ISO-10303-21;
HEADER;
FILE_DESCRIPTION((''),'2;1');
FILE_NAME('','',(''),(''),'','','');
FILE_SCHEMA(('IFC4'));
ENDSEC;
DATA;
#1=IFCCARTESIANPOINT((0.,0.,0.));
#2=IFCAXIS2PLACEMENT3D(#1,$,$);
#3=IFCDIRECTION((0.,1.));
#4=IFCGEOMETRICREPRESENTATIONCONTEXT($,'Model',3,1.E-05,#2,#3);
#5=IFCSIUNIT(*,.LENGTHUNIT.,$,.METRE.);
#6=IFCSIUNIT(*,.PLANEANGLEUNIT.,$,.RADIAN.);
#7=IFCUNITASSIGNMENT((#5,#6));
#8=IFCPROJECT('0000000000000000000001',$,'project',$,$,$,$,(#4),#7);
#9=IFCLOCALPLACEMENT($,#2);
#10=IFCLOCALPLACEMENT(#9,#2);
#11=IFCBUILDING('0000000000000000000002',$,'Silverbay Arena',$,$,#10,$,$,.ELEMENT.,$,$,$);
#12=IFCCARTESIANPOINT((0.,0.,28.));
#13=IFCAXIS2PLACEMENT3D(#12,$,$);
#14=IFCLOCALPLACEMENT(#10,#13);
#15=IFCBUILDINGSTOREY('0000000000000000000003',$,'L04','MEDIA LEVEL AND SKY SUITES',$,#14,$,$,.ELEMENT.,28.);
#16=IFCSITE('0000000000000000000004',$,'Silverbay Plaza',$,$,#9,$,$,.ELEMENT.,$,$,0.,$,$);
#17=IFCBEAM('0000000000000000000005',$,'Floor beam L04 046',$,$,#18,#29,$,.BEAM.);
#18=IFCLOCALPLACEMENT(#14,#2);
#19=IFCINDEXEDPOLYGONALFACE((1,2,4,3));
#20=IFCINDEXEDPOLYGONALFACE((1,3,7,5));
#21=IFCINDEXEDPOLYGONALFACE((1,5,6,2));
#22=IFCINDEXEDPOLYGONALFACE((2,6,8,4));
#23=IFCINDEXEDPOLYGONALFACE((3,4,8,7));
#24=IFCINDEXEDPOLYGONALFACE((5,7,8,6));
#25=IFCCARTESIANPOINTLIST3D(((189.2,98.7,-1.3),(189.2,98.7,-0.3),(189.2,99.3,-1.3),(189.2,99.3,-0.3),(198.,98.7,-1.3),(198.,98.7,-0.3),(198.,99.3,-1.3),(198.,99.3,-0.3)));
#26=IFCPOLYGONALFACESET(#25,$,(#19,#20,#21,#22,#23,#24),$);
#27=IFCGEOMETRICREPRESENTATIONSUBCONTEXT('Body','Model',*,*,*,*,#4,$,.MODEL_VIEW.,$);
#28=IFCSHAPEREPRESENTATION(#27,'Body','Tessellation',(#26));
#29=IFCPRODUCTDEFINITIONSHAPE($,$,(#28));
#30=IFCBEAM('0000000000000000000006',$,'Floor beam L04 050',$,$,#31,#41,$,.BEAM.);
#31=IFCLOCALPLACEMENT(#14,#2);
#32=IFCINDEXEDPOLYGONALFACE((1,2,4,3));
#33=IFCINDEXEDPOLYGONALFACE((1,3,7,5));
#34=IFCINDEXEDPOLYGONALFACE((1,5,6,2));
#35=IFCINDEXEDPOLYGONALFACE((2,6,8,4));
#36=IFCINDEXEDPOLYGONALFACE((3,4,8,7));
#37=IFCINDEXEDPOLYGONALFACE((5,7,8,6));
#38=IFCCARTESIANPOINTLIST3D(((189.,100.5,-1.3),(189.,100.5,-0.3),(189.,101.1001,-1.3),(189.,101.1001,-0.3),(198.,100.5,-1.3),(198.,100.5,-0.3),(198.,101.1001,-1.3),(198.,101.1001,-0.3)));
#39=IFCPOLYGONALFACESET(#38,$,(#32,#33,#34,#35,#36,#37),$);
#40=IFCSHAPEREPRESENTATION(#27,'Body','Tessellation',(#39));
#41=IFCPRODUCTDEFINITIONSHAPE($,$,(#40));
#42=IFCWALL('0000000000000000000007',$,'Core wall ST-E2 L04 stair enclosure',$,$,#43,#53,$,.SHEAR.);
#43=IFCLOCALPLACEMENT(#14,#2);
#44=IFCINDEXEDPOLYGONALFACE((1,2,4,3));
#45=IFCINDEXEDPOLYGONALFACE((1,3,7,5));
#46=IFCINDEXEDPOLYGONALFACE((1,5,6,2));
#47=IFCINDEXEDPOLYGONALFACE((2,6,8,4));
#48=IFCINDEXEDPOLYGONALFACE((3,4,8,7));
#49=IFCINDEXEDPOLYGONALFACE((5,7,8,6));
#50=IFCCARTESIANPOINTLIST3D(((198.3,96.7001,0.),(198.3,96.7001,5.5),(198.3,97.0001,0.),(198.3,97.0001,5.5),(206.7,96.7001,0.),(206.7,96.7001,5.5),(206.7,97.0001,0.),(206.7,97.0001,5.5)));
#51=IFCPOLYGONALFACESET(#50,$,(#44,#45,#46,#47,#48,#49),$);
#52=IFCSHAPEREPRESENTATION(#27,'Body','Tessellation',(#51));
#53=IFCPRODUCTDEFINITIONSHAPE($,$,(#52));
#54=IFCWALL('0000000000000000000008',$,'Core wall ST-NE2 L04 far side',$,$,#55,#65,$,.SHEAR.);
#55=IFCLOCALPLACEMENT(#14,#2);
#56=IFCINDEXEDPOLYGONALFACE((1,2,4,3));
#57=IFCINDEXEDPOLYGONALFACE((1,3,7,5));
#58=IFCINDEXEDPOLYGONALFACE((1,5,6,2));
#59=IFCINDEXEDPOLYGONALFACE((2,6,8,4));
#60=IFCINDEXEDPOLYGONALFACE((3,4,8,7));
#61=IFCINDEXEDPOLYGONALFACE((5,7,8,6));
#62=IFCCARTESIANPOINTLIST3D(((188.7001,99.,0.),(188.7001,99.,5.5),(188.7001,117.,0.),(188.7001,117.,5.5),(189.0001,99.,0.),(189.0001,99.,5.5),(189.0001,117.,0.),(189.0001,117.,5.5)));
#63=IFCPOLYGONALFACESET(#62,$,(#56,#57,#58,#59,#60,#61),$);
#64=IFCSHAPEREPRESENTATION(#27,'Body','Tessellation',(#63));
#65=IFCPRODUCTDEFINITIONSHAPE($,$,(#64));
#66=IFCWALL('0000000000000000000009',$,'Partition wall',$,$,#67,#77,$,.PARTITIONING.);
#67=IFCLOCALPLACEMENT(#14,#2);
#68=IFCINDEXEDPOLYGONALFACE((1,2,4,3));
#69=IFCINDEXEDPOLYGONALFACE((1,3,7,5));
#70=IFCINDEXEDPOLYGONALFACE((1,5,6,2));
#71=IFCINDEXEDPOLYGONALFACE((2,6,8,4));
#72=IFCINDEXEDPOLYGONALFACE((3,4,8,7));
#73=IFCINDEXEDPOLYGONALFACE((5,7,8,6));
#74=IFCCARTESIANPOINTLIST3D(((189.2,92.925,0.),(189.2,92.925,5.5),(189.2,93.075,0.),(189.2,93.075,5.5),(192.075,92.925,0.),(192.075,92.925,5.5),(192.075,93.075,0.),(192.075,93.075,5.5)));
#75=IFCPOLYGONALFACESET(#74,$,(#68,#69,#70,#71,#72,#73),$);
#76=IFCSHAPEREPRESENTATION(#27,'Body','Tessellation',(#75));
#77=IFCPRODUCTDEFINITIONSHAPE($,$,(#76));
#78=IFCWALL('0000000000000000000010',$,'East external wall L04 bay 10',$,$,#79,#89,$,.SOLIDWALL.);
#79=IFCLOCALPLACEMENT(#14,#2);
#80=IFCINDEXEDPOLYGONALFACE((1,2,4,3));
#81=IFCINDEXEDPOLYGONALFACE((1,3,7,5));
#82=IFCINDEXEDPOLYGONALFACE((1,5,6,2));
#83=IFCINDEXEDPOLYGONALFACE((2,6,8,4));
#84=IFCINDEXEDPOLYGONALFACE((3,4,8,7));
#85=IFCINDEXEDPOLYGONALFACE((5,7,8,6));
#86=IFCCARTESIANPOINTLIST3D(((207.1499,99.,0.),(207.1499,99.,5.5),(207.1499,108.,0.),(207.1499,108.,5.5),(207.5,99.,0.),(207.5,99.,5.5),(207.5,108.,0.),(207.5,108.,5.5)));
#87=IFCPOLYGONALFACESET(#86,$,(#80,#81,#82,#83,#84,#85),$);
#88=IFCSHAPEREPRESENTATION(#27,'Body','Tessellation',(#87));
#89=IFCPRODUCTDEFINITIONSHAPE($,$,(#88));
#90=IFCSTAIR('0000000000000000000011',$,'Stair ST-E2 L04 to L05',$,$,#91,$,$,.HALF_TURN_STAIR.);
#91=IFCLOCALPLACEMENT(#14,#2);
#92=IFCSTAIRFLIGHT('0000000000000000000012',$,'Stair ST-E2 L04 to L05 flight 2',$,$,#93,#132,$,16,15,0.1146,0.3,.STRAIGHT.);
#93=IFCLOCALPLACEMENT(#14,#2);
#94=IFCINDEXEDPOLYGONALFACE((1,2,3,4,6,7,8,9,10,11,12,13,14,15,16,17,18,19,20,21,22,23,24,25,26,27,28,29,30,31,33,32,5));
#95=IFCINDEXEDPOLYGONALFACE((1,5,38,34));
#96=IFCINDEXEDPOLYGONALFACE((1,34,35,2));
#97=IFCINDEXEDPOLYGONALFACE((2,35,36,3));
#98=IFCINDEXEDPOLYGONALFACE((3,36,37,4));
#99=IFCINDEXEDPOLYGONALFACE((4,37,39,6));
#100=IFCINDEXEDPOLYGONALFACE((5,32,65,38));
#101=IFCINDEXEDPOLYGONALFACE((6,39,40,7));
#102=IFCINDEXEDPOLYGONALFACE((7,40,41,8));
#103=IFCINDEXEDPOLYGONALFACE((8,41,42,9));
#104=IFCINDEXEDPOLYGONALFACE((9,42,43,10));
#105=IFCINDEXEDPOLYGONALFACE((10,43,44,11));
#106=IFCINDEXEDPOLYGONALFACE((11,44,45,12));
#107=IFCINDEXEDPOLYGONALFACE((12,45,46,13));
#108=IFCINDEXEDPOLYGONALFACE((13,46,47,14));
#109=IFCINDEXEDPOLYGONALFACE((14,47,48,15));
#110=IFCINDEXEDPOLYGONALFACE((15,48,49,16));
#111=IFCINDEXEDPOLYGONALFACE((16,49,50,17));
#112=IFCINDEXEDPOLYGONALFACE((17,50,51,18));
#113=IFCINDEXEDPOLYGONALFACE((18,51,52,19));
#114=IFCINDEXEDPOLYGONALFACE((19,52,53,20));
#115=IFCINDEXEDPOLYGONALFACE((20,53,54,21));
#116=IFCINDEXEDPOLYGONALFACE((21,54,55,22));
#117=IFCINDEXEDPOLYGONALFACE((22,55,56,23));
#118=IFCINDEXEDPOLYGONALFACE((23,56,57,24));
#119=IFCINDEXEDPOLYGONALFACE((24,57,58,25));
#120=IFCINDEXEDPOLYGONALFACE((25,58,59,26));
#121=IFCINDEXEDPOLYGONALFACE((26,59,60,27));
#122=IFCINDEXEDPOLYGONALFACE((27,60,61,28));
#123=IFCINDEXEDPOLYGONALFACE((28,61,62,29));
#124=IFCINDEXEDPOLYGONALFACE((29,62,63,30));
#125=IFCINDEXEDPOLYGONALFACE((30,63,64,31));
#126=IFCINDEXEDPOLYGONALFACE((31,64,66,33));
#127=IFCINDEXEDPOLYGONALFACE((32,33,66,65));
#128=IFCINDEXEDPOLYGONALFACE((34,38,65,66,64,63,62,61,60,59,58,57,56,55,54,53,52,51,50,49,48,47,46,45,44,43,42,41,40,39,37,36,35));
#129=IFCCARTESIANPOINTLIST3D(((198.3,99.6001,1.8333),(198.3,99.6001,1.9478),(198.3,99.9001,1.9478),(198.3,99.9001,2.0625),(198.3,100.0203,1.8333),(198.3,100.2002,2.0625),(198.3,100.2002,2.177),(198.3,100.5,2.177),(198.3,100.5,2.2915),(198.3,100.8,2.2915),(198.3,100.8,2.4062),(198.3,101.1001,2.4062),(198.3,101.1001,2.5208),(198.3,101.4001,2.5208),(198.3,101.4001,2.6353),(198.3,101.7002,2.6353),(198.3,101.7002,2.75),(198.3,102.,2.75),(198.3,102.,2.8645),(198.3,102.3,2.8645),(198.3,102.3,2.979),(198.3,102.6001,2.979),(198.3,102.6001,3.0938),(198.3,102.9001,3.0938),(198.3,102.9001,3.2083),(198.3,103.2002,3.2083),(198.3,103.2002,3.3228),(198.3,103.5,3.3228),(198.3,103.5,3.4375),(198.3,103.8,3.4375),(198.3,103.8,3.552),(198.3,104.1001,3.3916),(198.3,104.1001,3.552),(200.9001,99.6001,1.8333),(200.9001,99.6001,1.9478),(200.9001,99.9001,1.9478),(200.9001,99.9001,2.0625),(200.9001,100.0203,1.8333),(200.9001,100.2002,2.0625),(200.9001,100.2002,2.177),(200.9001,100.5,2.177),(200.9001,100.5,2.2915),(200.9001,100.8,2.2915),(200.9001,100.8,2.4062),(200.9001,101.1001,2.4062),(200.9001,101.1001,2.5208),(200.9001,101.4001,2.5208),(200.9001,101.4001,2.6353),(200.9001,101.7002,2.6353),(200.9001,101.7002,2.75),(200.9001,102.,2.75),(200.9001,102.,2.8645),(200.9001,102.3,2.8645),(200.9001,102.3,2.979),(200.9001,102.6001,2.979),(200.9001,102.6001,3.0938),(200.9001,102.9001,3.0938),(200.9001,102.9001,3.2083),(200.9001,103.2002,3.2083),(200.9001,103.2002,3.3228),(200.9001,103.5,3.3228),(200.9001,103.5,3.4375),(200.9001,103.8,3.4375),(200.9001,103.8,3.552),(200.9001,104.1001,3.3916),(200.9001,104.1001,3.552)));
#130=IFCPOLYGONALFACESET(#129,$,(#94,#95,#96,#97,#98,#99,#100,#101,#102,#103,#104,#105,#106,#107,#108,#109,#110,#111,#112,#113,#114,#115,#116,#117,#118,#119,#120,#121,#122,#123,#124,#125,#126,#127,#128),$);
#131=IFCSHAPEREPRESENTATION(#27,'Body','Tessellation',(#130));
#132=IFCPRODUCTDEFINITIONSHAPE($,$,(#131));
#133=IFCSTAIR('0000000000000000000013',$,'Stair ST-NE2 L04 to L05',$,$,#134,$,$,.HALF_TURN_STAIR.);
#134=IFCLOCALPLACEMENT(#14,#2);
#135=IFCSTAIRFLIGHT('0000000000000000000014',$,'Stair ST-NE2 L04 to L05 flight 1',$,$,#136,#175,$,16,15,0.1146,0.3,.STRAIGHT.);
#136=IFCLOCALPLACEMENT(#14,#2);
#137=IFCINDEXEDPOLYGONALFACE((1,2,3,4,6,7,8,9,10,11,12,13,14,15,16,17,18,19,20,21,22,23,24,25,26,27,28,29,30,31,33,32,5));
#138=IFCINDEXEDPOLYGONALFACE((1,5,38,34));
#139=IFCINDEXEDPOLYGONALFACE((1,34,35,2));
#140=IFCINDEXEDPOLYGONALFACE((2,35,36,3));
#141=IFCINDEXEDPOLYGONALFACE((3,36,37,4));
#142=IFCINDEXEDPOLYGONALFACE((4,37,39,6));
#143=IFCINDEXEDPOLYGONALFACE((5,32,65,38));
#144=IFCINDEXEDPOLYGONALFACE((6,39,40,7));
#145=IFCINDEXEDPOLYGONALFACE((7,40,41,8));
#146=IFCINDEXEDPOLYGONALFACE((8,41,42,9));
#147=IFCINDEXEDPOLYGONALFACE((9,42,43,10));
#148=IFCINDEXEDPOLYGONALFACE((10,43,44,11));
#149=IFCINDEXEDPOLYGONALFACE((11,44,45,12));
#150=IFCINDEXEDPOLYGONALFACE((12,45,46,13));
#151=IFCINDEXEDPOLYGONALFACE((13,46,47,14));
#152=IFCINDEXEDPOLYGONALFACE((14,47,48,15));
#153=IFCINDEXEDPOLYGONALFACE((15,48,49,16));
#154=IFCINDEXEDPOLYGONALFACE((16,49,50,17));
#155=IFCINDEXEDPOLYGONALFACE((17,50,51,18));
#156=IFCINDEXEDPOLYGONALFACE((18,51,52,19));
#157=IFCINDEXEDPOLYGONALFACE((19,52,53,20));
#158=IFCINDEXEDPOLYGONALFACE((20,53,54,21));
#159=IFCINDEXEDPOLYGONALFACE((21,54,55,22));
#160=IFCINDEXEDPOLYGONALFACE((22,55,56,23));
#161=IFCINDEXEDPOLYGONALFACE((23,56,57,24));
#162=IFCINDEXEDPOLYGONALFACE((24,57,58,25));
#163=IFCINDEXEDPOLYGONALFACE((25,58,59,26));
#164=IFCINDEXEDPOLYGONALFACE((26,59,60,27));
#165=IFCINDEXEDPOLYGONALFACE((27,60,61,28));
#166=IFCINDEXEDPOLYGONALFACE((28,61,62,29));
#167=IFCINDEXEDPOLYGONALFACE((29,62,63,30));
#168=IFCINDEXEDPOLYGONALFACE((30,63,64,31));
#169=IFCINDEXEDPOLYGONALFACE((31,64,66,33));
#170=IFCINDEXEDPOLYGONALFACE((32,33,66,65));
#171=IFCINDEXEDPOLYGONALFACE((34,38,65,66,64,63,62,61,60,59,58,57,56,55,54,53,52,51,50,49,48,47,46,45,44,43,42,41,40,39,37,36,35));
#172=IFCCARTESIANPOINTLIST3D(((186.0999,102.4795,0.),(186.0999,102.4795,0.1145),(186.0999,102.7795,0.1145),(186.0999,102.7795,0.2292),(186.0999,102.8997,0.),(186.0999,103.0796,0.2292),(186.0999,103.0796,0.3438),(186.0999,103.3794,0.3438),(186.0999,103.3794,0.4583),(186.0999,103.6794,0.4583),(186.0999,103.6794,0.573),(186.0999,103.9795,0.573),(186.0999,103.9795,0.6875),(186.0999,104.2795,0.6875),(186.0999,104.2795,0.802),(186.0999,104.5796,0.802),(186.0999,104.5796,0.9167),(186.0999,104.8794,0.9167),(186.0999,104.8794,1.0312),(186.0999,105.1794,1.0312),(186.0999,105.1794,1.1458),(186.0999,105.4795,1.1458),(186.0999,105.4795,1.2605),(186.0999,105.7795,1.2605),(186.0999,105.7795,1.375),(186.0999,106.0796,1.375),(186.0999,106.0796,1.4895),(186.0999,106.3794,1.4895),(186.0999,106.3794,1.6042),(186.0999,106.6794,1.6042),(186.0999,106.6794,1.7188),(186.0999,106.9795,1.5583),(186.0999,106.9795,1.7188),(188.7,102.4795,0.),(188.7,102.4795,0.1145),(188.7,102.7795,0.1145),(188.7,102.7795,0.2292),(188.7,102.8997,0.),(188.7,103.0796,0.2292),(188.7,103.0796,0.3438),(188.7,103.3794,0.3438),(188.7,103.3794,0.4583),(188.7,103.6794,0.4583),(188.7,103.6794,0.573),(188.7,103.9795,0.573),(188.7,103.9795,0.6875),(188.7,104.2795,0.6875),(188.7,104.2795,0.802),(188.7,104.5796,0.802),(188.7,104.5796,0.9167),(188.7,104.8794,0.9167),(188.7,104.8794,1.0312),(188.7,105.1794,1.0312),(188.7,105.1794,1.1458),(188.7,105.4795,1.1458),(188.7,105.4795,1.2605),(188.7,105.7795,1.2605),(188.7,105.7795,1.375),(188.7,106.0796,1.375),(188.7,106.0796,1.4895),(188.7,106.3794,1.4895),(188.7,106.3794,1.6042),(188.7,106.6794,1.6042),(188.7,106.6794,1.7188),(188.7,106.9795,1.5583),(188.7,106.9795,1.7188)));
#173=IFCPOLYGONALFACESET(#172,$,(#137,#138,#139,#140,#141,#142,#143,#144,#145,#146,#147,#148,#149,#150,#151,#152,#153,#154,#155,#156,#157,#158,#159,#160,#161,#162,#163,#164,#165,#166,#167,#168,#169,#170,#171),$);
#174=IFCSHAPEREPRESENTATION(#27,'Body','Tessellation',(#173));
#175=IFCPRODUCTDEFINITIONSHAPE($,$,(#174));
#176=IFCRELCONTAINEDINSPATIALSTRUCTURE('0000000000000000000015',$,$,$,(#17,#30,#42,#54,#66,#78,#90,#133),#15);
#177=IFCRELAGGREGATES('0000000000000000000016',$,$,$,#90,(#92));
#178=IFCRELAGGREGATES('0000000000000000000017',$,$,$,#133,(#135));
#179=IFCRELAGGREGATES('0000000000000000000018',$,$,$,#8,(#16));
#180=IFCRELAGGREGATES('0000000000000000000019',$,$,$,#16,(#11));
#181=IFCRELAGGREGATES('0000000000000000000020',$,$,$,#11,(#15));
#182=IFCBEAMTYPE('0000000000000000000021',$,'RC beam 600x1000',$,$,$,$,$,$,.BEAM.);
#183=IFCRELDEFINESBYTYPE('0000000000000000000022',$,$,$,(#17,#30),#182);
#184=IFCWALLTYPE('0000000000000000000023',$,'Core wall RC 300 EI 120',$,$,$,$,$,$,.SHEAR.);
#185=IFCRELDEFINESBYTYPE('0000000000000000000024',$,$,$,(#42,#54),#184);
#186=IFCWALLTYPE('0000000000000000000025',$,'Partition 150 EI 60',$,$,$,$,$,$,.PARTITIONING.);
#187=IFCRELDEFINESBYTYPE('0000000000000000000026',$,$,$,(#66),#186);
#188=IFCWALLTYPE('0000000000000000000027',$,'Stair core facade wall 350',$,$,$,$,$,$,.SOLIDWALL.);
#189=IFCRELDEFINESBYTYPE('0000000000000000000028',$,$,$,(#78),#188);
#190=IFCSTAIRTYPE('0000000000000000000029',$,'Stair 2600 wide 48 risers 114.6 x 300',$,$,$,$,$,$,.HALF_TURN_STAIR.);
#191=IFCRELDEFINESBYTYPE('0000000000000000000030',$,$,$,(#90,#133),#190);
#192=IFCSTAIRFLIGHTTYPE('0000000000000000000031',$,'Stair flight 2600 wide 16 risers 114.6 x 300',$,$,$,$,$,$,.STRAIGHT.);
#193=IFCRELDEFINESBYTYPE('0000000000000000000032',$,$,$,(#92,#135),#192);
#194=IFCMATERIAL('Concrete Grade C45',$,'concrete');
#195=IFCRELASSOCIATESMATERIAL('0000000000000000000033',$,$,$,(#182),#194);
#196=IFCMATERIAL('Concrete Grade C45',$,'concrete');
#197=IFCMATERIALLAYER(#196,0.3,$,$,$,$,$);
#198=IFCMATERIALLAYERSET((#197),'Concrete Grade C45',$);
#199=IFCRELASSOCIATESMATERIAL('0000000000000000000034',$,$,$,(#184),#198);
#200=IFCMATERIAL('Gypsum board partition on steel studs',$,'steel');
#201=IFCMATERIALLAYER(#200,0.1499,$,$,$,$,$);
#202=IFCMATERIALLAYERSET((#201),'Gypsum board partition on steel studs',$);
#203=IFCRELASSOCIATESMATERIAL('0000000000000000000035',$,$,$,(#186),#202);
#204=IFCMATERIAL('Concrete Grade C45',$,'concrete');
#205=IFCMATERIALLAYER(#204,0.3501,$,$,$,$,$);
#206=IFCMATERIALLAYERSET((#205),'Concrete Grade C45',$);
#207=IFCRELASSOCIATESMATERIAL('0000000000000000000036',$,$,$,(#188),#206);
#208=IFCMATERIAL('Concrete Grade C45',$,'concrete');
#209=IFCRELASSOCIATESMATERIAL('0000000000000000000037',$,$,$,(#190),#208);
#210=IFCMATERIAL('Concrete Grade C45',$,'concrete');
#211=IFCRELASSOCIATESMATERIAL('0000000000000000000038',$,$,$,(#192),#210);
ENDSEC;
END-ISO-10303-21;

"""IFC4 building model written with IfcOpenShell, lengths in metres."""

from ifc_helpers import new_model, si_unit, direction, frame, frame_2d, origin, origin_2d, place, context, subcontext, project, spatial, polyline, rectangle, outline, extrude, material, layer, layer_set, material_profile, profile_set, type_object, element, aggregate, save


model = new_model("IFC4")

# Units and contexts
model_context = context("Model", 3, precision=1e-05, world=origin(), true_north=direction((0.0, 1.0)))
body_context = subcontext(model_context, "Body", "Model", "MODEL_VIEW")
ifc_project = project(units=[si_unit("LENGTHUNIT", "METRE"), si_unit("PLANEANGLEUNIT", "RADIAN")], contexts=[model_context])

# Site, building, storey
site_placement = place(None, origin())
site = spatial("IfcSite", under=ifc_project, at=site_placement, Name="Silverbay Plaza", CompositionType="ELEMENT", RefElevation=0.0)
building_placement = place(site_placement, origin())
building = spatial("IfcBuilding", under=site, at=building_placement, Name="Silverbay Arena", CompositionType="ELEMENT")
storey_placement = place(building_placement, frame((0.0, 0.0, 28.0)))
storey = spatial("IfcBuildingStorey", under=building, at=storey_placement, Name="L04", Description="MEDIA LEVEL AND SKY SUITES", CompositionType="ELEMENT", Elevation=28.0)

# Beams
ifc_material_1 = material(Name="Concrete Grade C45", Category="concrete")
ifc_material_profile_1 = material_profile(ifc_material_1, rectangle(XDim=0.6001, YDim=1.0, at=origin_2d()), Name="RC 600x1000")
ifc_profile_set_1 = profile_set([ifc_material_profile_1], Name="Concrete Grade C45")
beam_type = type_object("IfcBeamType", Name="RC beam 600x1000", PredefinedType="BEAM", material=ifc_profile_set_1)
beam_1_placement = place(storey_placement, frame((189.2, 99.0, -0.8), z_axis=(1.0, 0.0, 0.0), x_axis=(0.0, 1.0, 0.0)))
element("IfcBeam", 1, at=beam_1_placement, inside=storey, type_object=beam_type, Name="Floor beam L04 046", PredefinedType="BEAM", context=body_context, shape_type="SweptSolid", body=[
    extrude(rectangle(XDim=0.6001, YDim=1.0, at=origin_2d()), origin(), (0.0, 0.0, 1.0), 8.8),
])
beam_2_placement = place(storey_placement, frame((189.0, 100.8, -0.8), z_axis=(1.0, 0.0, 0.0), x_axis=(0.0, 1.0, 0.0)))
element("IfcBeam", 2, at=beam_2_placement, inside=storey, type_object=beam_type, Name="Floor beam L04 050", PredefinedType="BEAM", context=body_context, shape_type="SweptSolid", body=[
    extrude(rectangle(XDim=0.6001, YDim=1.0, at=origin_2d()), origin(), (0.0, 0.0, 1.0), 9.0),
])

# Walls
ifc_material_2 = material(Name="Concrete Grade C45", Category="concrete")
ifc_layer_1 = layer(ifc_material_2, 0.3)
ifc_layer_set_1 = layer_set([ifc_layer_1], Name="Concrete Grade C45")
wall_type_1 = type_object("IfcWallType", Name="Core wall RC 300 EI 120", PredefinedType="SHEAR", material=ifc_layer_set_1)
wall_1_placement = place(storey_placement, frame((198.3, 96.8501, 0.0), z_axis=(0.0, 0.0, 1.0), x_axis=(1.0, 0.0, 0.0)))
element("IfcWall", 3, at=wall_1_placement, inside=storey, type_object=wall_type_1, Name="Core wall ST-E2 L04 stair enclosure", PredefinedType="SHEAR", context=body_context, shape_type="SweptSolid", body=[
    extrude(rectangle(XDim=8.3999, YDim=0.3, at=frame_2d((4.2, 0.0))), origin(), (0.0, 0.0, 1.0), 5.5),
])
wall_2_placement = place(storey_placement, frame((188.8501, 99.0, 0.0), z_axis=(0.0, 0.0, 1.0), x_axis=(0.0, 1.0, 0.0)))
element("IfcWall", 4, at=wall_2_placement, inside=storey, type_object=wall_type_1, Name="Core wall ST-NE2 L04 far side", PredefinedType="SHEAR", context=body_context, shape_type="SweptSolid", body=[
    extrude(rectangle(XDim=18.0, YDim=0.3, at=frame_2d((9.0, 0.0))), origin(), (0.0, 0.0, 1.0), 5.5),
])
ifc_material_3 = material(Name="Gypsum board partition on steel studs", Category="steel")
ifc_layer_2 = layer(ifc_material_3, 0.1499)
ifc_layer_set_2 = layer_set([ifc_layer_2], Name="Gypsum board partition on steel studs")
wall_type_2 = type_object("IfcWallType", Name="Partition 150 EI 60", PredefinedType="PARTITIONING", material=ifc_layer_set_2)
wall_3_placement = place(storey_placement, frame((189.2, 93.0, 0.0), z_axis=(0.0, 0.0, 1.0), x_axis=(1.0, 0.0, 0.0)))
element("IfcWall", 5, at=wall_3_placement, inside=storey, type_object=wall_type_2, Name="Partition wall", PredefinedType="PARTITIONING", context=body_context, shape_type="SweptSolid", body=[
    extrude(rectangle(XDim=2.875, YDim=0.1499, at=frame_2d((1.4375, 0.0))), origin(), (0.0, 0.0, 1.0), 5.5),
])
ifc_material_4 = material(Name="Concrete Grade C45", Category="concrete")
ifc_layer_3 = layer(ifc_material_4, 0.3501)
ifc_layer_set_3 = layer_set([ifc_layer_3], Name="Concrete Grade C45")
wall_type_3 = type_object("IfcWallType", Name="Stair core facade wall 350", PredefinedType="SOLIDWALL", material=ifc_layer_set_3)
wall_4_placement = place(storey_placement, frame((207.325, 99.0, 0.0), z_axis=(0.0, 0.0, 1.0), x_axis=(0.0, 1.0, 0.0)))
element("IfcWall", 6, at=wall_4_placement, inside=storey, type_object=wall_type_3, Name="East external wall L04 bay 10", PredefinedType="SOLIDWALL", context=body_context, shape_type="SweptSolid", body=[
    extrude(rectangle(XDim=9.0, YDim=0.3501, at=frame_2d((4.5, 0.0))), origin(), (0.0, 0.0, 1.0), 5.5),
])

# Stair, stair flight
ifc_material_5 = material(Name="Concrete Grade C45", Category="concrete")
stair_type = type_object("IfcStairType", Name="Stair 2600 wide 48 risers 114.6 x 300", PredefinedType="HALF_TURN_STAIR", material=ifc_material_5)
stair_1_placement = place(storey_placement, origin())
stair_1 = element("IfcStair", 7, at=stair_1_placement, inside=storey, type_object=stair_type, Name="Stair ST-E2 L04 to L05", PredefinedType="HALF_TURN_STAIR")
ifc_material_6 = material(Name="Concrete Grade C45", Category="concrete")
stair_flight_type = type_object("IfcStairFlightType", Name="Stair flight 2600 wide 16 risers 114.6 x 300", PredefinedType="STRAIGHT", material=ifc_material_6)
stair_flight_1_placement = place(storey_placement, frame((199.6001, 99.6001, 1.8333), z_axis=(0.0, 0.0, 1.0), x_axis=(0.0, 1.0, 0.0)))
stair_flight_1 = element("IfcStairFlight", 8, at=stair_flight_1_placement, type_object=stair_flight_type, Name="Stair ST-E2 L04 to L05 flight 2", NumberOfRisers=16, NumberOfTreads=15, PredefinedType="STRAIGHT", RiserHeight=0.1146, TreadLength=0.3, context=body_context, shape_type="SweptSolid", body=[
    extrude(outline(polyline([(0.0, 0.0), (0.0, 0.1145), (0.3, 0.1145), (0.3, 0.2292), (0.6001, 0.2292), (0.6001, 0.3438), (0.8999, 0.3438), (0.8999, 0.4583), (1.2, 0.4583), (1.2, 0.573), (1.5, 0.573), (1.5, 0.6875), (1.8, 0.6875), (1.8, 0.802), (2.1001, 0.802), (2.1001, 0.9167), (2.3999, 0.9167), (2.3999, 1.0312), (2.7, 1.0312), (2.7, 1.1458), (3.0, 1.1458), (3.0, 1.2605), (3.3, 1.2605), (3.3, 1.375), (3.6001, 1.375), (3.6001, 1.4895), (3.8999, 1.4895), (3.8999, 1.6042), (4.2, 1.6042), (4.2, 1.7188), (4.5, 1.7188), (4.5, 1.5583), (0.4202, 0.0), (0.0, 0.0)])), frame((0.0, 1.3, 0.0), z_axis=(0.0, -1.0, 0.0), x_axis=(1.0, 0.0, 0.0)), (0.0, 0.0, 1.0), 2.6001),
])
aggregate(stair_1, [stair_flight_1])

# Stair, stair flight
stair_2_placement = place(storey_placement, origin())
stair_2 = element("IfcStair", 9, at=stair_2_placement, inside=storey, type_object=stair_type, Name="Stair ST-NE2 L04 to L05", PredefinedType="HALF_TURN_STAIR")
stair_flight_2_placement = place(storey_placement, frame((187.3999, 102.4795, 0.0), z_axis=(0.0, 0.0, 1.0), x_axis=(0.0, 1.0, 0.0)))
stair_flight_2 = element("IfcStairFlight", 10, at=stair_flight_2_placement, type_object=stair_flight_type, Name="Stair ST-NE2 L04 to L05 flight 1", NumberOfRisers=16, NumberOfTreads=15, PredefinedType="STRAIGHT", RiserHeight=0.1146, TreadLength=0.3, context=body_context, shape_type="SweptSolid", body=[
    extrude(outline(polyline([(0.0, 0.0), (0.0, 0.1145), (0.3, 0.1145), (0.3, 0.2292), (0.6001, 0.2292), (0.6001, 0.3438), (0.8999, 0.3438), (0.8999, 0.4583), (1.2, 0.4583), (1.2, 0.573), (1.5, 0.573), (1.5, 0.6875), (1.8, 0.6875), (1.8, 0.802), (2.1001, 0.802), (2.1001, 0.9167), (2.3999, 0.9167), (2.3999, 1.0312), (2.7, 1.0312), (2.7, 1.1458), (3.0, 1.1458), (3.0, 1.2605), (3.3, 1.2605), (3.3, 1.375), (3.6001, 1.375), (3.6001, 1.4895), (3.8999, 1.4895), (3.8999, 1.6042), (4.2, 1.6042), (4.2, 1.7188), (4.5, 1.7188), (4.5, 1.5583), (0.4202, 0.0), (0.0, 0.0)])), frame((0.0, 1.3, 0.0), z_axis=(0.0, -1.0, 0.0), x_axis=(1.0, 0.0, 0.0)), (0.0, 0.0, 1.0), 2.6001),
])
aggregate(stair_2, [stair_flight_2])

save(model, "model.ifc")
